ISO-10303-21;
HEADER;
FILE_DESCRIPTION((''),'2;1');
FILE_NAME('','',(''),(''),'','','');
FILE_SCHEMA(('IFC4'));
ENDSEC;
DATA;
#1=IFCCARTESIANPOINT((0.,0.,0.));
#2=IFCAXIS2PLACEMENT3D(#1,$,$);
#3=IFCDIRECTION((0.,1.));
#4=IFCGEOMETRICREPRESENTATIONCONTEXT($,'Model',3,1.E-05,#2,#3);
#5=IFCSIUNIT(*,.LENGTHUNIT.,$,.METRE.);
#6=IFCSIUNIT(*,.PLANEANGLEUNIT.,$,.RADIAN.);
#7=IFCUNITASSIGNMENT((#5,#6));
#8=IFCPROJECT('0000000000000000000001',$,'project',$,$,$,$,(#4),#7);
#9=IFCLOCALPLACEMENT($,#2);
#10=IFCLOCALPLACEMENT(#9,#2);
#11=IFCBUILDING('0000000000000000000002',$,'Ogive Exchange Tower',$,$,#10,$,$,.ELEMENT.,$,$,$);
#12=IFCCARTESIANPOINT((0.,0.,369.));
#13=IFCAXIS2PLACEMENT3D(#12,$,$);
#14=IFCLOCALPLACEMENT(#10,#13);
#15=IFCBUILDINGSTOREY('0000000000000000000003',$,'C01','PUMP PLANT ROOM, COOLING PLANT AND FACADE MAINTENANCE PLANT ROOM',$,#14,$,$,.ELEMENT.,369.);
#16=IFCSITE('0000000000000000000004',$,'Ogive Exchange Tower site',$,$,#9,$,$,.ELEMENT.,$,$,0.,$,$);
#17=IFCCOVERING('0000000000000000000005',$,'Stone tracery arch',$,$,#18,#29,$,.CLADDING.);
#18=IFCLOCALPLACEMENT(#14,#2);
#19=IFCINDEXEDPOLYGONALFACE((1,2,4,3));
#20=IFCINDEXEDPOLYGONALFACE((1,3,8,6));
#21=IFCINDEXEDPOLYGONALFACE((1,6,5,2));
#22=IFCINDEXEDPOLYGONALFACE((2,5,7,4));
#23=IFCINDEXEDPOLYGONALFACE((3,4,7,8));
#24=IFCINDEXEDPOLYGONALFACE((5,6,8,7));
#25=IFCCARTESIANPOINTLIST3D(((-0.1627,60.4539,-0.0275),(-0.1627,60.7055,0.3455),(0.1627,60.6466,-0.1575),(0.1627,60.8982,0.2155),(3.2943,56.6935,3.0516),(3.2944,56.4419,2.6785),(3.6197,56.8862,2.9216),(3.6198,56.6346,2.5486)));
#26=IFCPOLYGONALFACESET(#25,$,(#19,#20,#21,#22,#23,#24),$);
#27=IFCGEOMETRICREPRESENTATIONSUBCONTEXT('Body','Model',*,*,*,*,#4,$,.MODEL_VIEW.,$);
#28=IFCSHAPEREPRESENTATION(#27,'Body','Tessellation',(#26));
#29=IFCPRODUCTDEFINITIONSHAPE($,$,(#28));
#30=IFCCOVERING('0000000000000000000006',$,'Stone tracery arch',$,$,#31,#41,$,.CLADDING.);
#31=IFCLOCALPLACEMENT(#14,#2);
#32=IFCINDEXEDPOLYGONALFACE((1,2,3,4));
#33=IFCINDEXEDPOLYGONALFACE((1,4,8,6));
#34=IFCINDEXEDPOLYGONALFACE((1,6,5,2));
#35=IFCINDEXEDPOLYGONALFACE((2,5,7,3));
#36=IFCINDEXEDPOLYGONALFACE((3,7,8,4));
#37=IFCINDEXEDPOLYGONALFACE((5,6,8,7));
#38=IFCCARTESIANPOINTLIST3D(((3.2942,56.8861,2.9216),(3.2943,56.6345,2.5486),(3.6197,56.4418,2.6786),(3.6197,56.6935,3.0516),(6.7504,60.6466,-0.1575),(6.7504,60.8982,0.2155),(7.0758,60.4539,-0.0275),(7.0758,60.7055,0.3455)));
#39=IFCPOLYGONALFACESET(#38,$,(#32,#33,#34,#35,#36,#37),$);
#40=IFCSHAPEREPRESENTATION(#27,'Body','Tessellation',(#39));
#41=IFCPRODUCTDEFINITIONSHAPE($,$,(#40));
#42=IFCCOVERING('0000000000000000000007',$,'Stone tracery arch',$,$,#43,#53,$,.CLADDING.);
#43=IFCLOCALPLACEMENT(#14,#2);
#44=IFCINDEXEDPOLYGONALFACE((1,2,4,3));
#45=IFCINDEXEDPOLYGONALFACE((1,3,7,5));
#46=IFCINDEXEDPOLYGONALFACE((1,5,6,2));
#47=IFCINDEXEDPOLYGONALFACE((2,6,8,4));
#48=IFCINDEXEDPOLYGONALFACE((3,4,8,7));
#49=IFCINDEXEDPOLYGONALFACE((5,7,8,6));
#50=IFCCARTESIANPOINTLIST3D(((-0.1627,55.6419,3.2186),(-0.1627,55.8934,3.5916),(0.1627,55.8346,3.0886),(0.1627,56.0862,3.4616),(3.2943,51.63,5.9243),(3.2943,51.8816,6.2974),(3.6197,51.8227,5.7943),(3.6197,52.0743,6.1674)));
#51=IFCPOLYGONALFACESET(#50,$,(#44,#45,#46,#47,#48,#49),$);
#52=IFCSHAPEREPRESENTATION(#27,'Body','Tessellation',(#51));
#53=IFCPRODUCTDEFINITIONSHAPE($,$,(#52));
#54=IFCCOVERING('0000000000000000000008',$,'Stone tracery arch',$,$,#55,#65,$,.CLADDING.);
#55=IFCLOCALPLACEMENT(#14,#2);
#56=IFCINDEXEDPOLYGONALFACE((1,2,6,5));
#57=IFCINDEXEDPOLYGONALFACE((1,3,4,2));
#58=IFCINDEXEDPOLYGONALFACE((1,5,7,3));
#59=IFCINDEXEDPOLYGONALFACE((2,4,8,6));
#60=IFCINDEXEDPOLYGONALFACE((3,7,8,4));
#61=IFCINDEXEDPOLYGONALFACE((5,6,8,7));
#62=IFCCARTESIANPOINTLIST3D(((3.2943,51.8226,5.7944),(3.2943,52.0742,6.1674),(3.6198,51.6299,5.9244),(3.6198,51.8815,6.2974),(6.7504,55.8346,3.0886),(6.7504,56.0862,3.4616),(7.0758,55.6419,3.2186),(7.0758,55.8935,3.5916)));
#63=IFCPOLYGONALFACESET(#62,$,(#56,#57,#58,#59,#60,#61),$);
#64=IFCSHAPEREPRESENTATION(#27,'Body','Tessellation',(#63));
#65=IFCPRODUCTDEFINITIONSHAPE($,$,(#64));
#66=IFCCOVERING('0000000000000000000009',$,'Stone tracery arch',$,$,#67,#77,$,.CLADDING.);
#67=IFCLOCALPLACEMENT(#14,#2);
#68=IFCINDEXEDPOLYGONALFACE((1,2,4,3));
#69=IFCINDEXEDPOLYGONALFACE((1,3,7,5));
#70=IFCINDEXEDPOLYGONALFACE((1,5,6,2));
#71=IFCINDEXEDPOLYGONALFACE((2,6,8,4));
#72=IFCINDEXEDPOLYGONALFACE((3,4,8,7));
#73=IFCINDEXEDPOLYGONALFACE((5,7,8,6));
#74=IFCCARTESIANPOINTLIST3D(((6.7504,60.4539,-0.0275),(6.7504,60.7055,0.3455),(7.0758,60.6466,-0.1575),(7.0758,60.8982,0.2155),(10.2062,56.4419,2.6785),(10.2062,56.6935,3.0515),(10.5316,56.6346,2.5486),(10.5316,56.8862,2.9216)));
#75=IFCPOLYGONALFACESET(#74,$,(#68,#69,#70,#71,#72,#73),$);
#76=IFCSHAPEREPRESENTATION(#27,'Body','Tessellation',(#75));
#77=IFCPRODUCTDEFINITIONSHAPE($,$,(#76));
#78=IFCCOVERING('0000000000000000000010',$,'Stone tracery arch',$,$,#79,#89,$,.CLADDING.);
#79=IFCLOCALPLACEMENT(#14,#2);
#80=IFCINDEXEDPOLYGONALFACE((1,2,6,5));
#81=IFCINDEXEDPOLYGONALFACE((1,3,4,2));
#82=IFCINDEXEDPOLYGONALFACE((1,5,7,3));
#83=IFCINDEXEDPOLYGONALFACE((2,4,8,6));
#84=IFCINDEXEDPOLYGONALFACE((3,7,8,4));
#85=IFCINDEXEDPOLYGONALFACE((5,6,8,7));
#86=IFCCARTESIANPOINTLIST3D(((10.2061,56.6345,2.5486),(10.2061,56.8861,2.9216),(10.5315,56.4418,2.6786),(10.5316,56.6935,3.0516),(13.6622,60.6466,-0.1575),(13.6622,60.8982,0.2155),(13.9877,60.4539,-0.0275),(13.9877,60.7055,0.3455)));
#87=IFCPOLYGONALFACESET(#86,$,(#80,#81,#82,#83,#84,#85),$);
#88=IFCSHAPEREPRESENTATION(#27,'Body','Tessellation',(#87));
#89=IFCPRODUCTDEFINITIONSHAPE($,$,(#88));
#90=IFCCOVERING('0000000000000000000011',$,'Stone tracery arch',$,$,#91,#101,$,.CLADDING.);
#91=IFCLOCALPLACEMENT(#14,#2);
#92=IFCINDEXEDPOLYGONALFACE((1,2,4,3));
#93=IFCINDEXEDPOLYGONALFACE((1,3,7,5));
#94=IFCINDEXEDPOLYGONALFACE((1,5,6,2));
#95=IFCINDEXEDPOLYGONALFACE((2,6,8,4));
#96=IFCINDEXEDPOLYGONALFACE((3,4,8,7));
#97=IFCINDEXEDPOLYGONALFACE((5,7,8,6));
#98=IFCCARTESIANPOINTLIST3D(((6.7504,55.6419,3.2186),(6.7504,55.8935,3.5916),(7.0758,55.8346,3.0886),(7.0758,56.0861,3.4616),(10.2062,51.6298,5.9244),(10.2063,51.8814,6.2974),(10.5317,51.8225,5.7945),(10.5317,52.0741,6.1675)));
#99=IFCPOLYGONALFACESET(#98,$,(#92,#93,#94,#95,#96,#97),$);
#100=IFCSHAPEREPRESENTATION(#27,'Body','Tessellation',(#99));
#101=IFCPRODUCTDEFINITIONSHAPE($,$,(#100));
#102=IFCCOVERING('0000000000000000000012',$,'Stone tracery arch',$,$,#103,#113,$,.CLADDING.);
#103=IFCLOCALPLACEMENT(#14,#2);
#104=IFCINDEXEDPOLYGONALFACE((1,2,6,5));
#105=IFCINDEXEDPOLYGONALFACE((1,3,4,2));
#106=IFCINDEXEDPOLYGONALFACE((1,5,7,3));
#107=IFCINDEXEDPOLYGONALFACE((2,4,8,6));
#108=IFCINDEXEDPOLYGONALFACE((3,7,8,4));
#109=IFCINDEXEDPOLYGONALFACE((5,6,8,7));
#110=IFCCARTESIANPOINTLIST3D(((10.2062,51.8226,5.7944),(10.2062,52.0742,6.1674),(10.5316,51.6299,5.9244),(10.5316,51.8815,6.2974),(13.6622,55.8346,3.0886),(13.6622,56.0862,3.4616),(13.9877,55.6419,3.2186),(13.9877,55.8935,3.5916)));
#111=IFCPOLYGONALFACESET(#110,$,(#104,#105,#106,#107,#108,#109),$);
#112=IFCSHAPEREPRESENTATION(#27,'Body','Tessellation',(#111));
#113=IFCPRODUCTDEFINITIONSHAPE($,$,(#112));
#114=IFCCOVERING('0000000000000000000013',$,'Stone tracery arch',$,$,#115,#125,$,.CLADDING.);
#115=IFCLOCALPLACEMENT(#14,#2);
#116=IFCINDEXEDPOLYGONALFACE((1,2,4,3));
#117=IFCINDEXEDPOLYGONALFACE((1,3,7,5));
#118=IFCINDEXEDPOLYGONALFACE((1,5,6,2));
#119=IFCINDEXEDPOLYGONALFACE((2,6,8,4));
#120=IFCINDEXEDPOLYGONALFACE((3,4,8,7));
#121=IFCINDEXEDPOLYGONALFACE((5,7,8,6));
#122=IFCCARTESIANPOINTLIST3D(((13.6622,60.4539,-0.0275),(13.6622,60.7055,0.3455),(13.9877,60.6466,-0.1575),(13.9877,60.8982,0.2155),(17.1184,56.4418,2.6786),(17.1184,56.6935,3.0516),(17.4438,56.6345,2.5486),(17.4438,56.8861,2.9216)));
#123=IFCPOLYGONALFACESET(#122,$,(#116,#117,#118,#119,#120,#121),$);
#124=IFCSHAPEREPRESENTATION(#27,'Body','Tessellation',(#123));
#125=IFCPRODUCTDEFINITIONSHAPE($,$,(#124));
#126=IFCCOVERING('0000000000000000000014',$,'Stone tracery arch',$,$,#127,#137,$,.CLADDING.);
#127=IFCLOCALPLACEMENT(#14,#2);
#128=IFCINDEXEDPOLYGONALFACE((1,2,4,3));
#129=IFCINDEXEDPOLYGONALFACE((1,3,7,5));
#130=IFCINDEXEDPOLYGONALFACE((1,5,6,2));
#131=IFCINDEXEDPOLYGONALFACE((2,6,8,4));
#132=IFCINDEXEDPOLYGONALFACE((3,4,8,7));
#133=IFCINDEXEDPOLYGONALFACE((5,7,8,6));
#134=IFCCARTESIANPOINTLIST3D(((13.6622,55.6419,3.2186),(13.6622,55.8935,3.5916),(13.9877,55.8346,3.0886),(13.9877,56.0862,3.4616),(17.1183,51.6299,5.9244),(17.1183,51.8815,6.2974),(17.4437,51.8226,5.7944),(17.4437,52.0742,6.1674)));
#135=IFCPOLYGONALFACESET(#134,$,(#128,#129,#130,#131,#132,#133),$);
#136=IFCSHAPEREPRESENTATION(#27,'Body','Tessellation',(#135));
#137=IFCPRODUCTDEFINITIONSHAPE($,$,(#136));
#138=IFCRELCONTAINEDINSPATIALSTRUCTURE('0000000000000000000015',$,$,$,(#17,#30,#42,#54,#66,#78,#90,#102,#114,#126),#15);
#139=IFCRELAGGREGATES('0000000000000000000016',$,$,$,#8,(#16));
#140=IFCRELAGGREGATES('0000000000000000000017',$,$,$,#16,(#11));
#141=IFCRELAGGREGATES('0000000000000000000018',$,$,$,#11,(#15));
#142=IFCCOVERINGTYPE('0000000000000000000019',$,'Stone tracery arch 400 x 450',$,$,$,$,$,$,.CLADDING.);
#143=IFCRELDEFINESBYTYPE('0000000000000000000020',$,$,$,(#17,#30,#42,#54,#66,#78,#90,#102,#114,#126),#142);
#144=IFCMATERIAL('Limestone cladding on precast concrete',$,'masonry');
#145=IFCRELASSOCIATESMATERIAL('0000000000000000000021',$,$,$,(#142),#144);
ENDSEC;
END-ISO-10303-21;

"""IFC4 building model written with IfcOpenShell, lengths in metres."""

from ifc_helpers import new_model, si_unit, direction, frame, origin, origin_2d, place, context, subcontext, project, spatial, rectangle, extrude, material, material_profile, profile_set, type_object, element, save


model = new_model("IFC4")

# Units and contexts
model_context = context("Model", 3, precision=1e-05, world=origin(), true_north=direction((0.0, 1.0)))
body_context = subcontext(model_context, "Body", "Model", "MODEL_VIEW")
ifc_project = project(units=[si_unit("LENGTHUNIT", "METRE"), si_unit("PLANEANGLEUNIT", "RADIAN")], contexts=[model_context])

# Site, building, storey
site_placement = place(None, origin())
site = spatial("IfcSite", under=ifc_project, at=site_placement, Name="Ogive Exchange Tower site", CompositionType="ELEMENT", RefElevation=0.0)
building_placement = place(site_placement, origin())
building = spatial("IfcBuilding", under=site, at=building_placement, Name="Ogive Exchange Tower", CompositionType="ELEMENT")
storey_placement = place(building_placement, frame((0.0, 0.0, 369.0)))
storey = spatial("IfcBuildingStorey", under=building, at=storey_placement, Name="C01", Description="PUMP PLANT ROOM, COOLING PLANT AND FACADE MAINTENANCE PLANT ROOM", CompositionType="ELEMENT", Elevation=369.0)

# Coverings
ifc_material_1 = material(Name="Limestone cladding on precast concrete", Category="masonry")
ifc_material_profile_1 = material_profile(ifc_material_1, rectangle(XDim=0.3999, YDim=0.45, at=origin_2d()), Name="TRACERY 400 x 450")
ifc_profile_set_1 = profile_set([ifc_material_profile_1], Name="Limestone cladding on precast concrete")
covering_type_1 = type_object("IfcCoveringType", Name="Stone tracery arch 400 x 450", PredefinedType="CLADDING", material=ifc_profile_set_1)
covering_1_placement = place(storey_placement, frame((0.0, 60.676, 0.094), z_axis=(0.581283, -0.674593, 0.45501), x_axis=(0.813701, 0.481926, -0.325019)))
element("IfcCovering", 1, at=covering_1_placement, inside=storey, type_object=covering_type_1, Name="Stone tracery arch", PredefinedType="CLADDING", context=body_context, shape_type="SweptSolid", body=[
    extrude(rectangle(XDim=0.3999, YDim=0.45, at=origin_2d()), origin(), (0.0, 0.0, 1.0), 5.9473),
])
covering_2_placement = place(storey_placement, frame((6.9131, 60.676, 0.094), z_axis=(-0.581175, -0.674657, 0.455054), x_axis=(0.813779, -0.481801, 0.325011)))
element("IfcCovering", 2, at=covering_2_placement, inside=storey, type_object=covering_type_1, Name="Stone tracery arch", PredefinedType="CLADDING", context=body_context, shape_type="SweptSolid", body=[
    extrude(rectangle(XDim=0.3999, YDim=0.45, at=origin_2d()), origin(), (0.0, 0.0, 1.0), 5.9468),
])
covering_3_placement = place(storey_placement, frame((0.0, 55.864, 3.3401), z_axis=(0.581294, -0.674605, 0.454978), x_axis=(0.813693, 0.481935, -0.325025)))
element("IfcCovering", 3, at=covering_3_placement, inside=storey, type_object=covering_type_1, Name="Stone tracery arch", PredefinedType="CLADDING", context=body_context, shape_type="SweptSolid", body=[
    extrude(rectangle(XDim=0.3999, YDim=0.45, at=origin_2d()), origin(), (0.0, 0.0, 1.0), 5.947),
])
for number, where, z_axis, x_axis, name in (
    (4, (6.9131, 55.864, 3.3401), (-0.581186, -0.67467, 0.455021), (0.813771, -0.48181, 0.325017), "Stone tracery arch"),
    (5, (6.9131, 60.676, 0.094), (0.581148, -0.674673, 0.455065), (0.813798, 0.481789, -0.32498), "Stone tracery arch"),
):
    element("IfcCovering", number, at=place(storey_placement, frame(where, z_axis=z_axis, x_axis=x_axis)), inside=storey, type_object=covering_type_1, Name=name, PredefinedType="CLADDING", context=body_context, shape_type="SweptSolid", body=[
        extrude(rectangle(XDim=0.3999, YDim=0.45, at=origin_2d()), origin(), (0.0, 0.0, 1.0), 5.9465),
    ])
covering_4_placement = place(storey_placement, frame((13.825, 60.676, 0.094), z_axis=(-0.581175, -0.674657, 0.455054), x_axis=(0.813779, -0.48182, 0.324982)))
element("IfcCovering", 6, at=covering_4_placement, inside=storey, type_object=covering_type_1, Name="Stone tracery arch", PredefinedType="CLADDING", context=body_context, shape_type="SweptSolid", body=[
    extrude(rectangle(XDim=0.3999, YDim=0.45, at=origin_2d()), origin(), (0.0, 0.0, 1.0), 5.9468),
])
for number, where, z_axis, x_axis, name in (
    (7, (6.9131, 55.864, 3.3401), (0.581158, -0.674686, 0.455032), (0.81379, 0.481798, -0.324986), "Stone tracery arch"),
    (8, (13.825, 55.864, 3.3401), (-0.581186, -0.67467, 0.455021), (0.813771, -0.481829, 0.324988), "Stone tracery arch"),
):
    element("IfcCovering", number, at=place(storey_placement, frame(where, z_axis=z_axis, x_axis=x_axis)), inside=storey, type_object=covering_type_1, Name=name, PredefinedType="CLADDING", context=body_context, shape_type="SweptSolid", body=[
        extrude(rectangle(XDim=0.3999, YDim=0.45, at=origin_2d()), origin(), (0.0, 0.0, 1.0), 5.9465),
    ])
covering_5_placement = place(storey_placement, frame((13.825, 60.676, 0.094), z_axis=(0.581175, -0.674657, 0.455054), x_axis=(0.813779, 0.48182, -0.324982)))
element("IfcCovering", 9, at=covering_5_placement, inside=storey, type_object=covering_type_1, Name="Stone tracery arch", PredefinedType="CLADDING", context=body_context, shape_type="SweptSolid", body=[
    extrude(rectangle(XDim=0.3999, YDim=0.45, at=origin_2d()), origin(), (0.0, 0.0, 1.0), 5.9468),
])
covering_6_placement = place(storey_placement, frame((13.825, 55.864, 3.3401), z_axis=(0.581186, -0.67467, 0.455021), x_axis=(0.813771, 0.481829, -0.324988)))
element("IfcCovering", 10, at=covering_6_placement, inside=storey, type_object=covering_type_1, Name="Stone tracery arch", PredefinedType="CLADDING", context=body_context, shape_type="SweptSolid", body=[
    extrude(rectangle(XDim=0.3999, YDim=0.45, at=origin_2d()), origin(), (0.0, 0.0, 1.0), 5.9465),
])

save(model, "model.ifc")
